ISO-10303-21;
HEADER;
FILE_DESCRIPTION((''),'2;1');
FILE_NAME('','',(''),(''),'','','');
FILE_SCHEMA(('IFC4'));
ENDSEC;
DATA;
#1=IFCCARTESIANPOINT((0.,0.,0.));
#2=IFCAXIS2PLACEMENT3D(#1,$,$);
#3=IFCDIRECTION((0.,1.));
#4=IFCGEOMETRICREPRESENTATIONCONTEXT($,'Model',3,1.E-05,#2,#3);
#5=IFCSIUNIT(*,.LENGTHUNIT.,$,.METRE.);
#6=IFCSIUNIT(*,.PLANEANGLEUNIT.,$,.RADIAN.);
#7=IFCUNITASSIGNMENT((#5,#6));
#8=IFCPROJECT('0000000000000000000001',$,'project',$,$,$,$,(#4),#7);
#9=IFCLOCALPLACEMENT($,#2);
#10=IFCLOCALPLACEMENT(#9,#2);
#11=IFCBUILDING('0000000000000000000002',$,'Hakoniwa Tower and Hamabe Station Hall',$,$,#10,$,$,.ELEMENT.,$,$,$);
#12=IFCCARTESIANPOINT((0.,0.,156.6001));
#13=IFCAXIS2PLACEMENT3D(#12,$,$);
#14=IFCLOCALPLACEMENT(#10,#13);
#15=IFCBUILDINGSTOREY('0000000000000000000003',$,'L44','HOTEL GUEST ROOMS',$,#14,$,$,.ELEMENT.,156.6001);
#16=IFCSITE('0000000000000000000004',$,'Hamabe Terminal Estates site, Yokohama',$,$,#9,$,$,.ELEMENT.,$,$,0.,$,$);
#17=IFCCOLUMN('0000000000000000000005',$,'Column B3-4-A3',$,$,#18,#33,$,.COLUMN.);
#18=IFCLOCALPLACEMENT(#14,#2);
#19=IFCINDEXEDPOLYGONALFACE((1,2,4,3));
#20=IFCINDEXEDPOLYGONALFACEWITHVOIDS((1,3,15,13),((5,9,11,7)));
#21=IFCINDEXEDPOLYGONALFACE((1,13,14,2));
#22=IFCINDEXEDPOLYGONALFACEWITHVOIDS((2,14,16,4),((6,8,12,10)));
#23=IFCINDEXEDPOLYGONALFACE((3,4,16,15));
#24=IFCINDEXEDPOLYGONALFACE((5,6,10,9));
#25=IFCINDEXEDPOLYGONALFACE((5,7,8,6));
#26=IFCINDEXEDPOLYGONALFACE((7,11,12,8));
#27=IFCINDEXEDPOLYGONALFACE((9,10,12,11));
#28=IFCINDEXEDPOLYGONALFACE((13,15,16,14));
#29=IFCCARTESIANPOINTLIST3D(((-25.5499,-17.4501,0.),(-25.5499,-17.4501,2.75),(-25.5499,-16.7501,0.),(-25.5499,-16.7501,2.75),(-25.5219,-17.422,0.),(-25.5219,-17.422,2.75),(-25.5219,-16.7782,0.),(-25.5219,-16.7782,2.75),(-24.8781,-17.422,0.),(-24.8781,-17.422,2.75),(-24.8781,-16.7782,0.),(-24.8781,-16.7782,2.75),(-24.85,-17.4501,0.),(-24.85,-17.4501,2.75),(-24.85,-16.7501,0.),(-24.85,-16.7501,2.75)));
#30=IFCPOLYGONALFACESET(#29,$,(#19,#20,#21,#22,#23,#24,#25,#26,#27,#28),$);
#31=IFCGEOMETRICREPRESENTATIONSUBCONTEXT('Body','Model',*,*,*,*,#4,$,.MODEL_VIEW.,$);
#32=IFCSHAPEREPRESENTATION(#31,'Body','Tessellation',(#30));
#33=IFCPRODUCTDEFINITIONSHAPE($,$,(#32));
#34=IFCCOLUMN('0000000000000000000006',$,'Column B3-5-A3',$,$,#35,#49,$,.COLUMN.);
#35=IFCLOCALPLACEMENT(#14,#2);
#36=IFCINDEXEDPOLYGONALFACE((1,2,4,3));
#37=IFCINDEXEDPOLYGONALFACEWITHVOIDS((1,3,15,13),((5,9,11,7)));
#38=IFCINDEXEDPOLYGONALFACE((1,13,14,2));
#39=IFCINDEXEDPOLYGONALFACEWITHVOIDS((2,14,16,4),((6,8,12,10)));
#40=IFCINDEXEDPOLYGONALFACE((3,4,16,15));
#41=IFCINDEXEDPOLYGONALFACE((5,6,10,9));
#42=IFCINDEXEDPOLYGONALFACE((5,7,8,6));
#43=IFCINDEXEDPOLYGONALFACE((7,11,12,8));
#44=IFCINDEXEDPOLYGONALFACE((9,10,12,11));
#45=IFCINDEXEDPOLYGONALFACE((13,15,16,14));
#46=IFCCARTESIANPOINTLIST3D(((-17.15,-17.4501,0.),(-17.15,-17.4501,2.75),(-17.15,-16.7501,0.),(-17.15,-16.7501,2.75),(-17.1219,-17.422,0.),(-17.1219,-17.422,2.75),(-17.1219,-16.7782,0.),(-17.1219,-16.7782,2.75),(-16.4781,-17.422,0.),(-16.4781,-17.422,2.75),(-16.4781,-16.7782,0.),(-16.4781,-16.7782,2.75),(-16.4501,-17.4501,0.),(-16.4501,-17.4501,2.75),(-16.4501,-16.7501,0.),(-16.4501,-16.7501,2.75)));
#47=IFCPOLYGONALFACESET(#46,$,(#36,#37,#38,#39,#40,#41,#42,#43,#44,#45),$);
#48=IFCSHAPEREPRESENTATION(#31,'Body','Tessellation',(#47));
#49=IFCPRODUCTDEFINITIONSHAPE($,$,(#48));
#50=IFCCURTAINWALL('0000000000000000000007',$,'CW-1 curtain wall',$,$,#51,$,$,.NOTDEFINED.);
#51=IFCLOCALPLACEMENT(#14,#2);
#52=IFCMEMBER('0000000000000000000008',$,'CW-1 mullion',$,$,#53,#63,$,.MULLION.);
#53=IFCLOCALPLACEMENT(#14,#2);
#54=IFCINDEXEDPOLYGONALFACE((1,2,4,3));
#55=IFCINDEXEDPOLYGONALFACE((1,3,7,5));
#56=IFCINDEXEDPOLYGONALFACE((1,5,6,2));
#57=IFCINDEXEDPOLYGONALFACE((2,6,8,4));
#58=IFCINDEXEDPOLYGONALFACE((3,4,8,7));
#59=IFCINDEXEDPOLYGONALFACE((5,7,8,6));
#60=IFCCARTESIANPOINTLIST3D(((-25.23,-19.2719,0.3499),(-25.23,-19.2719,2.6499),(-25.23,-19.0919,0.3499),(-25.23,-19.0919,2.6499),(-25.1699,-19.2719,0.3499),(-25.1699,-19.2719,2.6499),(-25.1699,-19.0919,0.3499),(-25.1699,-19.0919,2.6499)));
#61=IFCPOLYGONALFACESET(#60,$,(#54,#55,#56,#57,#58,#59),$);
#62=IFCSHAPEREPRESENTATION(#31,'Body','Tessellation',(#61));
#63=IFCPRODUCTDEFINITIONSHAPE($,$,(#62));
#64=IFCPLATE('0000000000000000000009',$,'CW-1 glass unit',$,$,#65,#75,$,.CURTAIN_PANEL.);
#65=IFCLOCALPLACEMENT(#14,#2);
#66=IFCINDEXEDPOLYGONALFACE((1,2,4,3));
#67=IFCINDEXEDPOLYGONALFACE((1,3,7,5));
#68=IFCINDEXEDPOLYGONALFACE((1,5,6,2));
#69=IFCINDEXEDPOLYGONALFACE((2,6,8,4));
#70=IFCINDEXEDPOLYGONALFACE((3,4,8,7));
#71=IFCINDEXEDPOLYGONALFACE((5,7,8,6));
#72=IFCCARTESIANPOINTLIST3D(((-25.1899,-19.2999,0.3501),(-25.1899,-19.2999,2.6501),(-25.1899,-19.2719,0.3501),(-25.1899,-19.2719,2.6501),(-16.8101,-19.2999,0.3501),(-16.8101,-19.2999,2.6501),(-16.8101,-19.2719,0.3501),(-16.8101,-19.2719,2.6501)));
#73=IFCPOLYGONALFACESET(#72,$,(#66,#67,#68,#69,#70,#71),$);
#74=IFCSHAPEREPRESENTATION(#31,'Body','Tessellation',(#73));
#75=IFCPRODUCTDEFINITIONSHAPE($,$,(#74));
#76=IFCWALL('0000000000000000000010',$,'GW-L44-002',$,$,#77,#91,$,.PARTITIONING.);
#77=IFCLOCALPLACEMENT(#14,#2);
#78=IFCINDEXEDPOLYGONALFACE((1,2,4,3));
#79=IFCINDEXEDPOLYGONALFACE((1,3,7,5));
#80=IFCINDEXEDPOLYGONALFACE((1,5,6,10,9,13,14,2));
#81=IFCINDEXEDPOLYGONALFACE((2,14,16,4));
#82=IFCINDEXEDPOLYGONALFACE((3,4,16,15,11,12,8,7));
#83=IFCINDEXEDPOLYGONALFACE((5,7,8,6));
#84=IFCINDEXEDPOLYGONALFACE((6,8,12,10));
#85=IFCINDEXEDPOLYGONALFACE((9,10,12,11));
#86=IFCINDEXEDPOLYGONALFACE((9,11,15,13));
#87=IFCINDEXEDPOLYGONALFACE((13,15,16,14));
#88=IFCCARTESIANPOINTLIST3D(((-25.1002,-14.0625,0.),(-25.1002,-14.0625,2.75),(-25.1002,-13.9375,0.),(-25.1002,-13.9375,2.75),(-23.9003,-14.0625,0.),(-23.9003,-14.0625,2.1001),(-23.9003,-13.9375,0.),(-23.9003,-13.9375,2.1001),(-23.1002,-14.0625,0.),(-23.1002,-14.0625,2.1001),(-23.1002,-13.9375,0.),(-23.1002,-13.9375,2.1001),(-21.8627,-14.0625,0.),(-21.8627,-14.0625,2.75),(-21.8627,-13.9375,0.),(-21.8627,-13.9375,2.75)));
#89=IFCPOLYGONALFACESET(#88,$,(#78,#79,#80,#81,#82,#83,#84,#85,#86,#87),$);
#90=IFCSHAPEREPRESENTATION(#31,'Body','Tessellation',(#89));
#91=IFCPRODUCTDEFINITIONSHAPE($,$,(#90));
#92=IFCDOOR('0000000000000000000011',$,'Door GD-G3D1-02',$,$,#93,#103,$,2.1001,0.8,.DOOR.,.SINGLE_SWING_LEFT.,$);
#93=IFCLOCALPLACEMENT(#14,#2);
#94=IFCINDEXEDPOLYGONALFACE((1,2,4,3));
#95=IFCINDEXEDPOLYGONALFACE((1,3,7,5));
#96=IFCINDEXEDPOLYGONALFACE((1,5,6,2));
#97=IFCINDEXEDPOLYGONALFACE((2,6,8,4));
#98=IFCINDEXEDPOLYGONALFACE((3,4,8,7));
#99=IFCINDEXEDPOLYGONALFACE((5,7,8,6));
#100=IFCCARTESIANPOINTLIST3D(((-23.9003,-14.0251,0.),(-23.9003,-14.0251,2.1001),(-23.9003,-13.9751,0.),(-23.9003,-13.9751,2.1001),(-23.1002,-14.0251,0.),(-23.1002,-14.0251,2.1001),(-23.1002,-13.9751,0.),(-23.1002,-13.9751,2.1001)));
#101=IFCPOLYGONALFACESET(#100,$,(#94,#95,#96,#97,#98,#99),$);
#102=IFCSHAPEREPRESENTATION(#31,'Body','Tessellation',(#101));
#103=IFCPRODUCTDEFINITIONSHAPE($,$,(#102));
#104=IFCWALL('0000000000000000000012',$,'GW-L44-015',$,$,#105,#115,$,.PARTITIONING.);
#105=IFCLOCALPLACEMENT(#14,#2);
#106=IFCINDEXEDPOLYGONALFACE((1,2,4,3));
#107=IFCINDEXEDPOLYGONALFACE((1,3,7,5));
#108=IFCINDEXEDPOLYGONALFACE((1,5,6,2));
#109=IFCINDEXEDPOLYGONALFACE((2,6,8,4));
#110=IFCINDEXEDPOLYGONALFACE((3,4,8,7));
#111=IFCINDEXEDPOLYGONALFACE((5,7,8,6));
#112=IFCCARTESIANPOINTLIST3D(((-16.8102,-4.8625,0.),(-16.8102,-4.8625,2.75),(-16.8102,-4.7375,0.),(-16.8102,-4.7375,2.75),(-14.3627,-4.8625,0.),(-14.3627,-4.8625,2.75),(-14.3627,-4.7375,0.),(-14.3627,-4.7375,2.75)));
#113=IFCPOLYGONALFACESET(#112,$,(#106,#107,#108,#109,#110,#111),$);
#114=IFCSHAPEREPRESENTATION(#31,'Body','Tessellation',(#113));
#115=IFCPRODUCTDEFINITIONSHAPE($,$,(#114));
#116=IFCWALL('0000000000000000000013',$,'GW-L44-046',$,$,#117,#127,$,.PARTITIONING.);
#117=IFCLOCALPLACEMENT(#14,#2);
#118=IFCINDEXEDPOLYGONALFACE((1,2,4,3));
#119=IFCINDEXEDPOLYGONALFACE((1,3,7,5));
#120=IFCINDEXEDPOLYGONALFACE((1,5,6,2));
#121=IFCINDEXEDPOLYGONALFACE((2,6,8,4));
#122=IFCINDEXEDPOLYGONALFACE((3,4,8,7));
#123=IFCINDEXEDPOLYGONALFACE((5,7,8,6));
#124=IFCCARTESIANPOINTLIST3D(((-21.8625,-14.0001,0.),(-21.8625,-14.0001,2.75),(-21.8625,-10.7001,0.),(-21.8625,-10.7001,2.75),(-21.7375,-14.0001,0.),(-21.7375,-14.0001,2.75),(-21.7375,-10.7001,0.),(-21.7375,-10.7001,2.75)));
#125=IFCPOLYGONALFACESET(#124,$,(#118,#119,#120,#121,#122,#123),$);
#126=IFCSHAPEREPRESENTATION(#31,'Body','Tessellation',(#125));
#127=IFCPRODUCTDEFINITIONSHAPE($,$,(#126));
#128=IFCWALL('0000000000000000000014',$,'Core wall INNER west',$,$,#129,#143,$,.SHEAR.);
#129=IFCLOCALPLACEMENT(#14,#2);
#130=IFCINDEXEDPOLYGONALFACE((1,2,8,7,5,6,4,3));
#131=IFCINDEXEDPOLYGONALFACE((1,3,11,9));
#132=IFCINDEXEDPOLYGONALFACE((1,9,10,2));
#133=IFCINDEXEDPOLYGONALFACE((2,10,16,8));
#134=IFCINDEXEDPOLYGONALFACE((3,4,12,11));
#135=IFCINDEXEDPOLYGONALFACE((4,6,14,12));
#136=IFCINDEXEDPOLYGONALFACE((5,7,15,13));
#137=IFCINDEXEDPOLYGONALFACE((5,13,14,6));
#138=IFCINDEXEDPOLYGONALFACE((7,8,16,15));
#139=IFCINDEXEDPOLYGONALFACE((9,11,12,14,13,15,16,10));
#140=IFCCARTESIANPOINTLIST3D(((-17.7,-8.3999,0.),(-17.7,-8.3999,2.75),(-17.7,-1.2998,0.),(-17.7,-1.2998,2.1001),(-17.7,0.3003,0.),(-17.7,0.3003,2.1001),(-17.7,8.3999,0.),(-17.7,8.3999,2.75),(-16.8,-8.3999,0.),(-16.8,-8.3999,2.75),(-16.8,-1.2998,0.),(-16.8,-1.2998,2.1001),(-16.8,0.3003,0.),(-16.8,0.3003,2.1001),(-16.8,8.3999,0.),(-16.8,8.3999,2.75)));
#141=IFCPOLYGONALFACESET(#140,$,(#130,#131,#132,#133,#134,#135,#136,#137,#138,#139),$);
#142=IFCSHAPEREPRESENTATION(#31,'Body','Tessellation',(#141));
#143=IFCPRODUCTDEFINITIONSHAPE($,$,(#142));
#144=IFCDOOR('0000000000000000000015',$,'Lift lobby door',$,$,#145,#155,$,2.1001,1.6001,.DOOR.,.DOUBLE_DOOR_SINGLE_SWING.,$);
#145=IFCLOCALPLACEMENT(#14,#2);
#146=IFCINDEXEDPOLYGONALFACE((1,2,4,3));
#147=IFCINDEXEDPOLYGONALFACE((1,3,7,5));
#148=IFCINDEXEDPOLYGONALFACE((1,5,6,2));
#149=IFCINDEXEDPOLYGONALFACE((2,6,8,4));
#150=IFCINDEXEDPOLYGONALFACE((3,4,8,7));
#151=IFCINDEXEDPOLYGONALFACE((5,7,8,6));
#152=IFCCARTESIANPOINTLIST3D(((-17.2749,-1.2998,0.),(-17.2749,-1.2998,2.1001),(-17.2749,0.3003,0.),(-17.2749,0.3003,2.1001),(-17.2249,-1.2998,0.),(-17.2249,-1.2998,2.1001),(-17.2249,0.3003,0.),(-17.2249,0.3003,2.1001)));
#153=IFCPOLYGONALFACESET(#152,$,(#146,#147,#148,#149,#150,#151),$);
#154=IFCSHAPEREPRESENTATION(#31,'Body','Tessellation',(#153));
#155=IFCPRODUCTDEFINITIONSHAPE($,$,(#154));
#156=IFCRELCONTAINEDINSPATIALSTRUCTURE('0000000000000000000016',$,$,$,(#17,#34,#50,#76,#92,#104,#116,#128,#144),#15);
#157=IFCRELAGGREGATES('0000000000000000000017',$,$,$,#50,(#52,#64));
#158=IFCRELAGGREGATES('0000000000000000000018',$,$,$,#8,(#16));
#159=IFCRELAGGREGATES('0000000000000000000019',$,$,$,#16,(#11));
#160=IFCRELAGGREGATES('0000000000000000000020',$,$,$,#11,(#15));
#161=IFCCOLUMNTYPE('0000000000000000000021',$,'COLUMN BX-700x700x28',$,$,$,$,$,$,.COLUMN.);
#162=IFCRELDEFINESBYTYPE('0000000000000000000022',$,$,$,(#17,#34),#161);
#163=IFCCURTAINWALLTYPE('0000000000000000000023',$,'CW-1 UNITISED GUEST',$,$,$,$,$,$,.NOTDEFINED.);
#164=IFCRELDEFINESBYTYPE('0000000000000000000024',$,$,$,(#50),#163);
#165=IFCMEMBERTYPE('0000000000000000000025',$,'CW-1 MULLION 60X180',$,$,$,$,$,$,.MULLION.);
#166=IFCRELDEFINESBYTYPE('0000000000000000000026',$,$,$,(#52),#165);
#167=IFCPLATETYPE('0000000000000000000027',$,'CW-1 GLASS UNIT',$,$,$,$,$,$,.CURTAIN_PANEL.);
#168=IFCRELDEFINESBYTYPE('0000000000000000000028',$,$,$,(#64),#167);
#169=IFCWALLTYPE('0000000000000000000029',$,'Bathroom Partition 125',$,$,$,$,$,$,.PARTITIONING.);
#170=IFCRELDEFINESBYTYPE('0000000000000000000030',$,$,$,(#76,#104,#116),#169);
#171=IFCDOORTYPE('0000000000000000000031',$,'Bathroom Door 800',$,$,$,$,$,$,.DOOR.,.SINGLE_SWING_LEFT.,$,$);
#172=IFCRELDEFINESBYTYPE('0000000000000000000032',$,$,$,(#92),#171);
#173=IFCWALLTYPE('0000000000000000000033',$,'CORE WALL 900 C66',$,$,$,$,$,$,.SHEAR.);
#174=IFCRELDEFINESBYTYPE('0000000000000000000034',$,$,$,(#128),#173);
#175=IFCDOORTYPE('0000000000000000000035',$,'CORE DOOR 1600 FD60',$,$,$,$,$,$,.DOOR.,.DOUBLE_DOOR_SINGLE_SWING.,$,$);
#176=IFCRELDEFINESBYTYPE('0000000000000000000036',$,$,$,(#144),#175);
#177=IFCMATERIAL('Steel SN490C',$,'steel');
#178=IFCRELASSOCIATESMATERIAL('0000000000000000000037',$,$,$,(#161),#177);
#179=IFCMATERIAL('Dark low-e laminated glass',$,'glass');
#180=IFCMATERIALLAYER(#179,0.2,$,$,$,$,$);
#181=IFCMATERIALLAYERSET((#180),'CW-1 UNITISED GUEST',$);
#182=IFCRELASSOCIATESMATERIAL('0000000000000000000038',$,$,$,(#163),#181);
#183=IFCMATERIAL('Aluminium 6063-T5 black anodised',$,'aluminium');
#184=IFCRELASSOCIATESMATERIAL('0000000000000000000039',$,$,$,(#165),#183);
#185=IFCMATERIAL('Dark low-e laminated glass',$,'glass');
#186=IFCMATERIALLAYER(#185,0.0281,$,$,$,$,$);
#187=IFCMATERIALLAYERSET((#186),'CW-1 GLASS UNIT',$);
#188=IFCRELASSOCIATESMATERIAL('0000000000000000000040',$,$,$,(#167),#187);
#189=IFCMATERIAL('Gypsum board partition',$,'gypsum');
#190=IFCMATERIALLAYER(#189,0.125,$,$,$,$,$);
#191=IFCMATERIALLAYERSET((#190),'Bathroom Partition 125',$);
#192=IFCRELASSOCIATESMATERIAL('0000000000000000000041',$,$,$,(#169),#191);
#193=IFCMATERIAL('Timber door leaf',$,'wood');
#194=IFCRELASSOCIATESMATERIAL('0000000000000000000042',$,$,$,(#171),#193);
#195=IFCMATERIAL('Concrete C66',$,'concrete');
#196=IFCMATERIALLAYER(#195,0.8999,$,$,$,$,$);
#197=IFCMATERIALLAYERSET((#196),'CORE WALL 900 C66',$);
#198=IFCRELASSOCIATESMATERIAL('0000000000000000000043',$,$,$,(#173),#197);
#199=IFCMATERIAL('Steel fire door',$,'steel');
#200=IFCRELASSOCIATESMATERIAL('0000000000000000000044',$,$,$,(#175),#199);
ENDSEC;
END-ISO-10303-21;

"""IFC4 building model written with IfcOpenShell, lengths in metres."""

from ifc_helpers import new_model, si_unit, direction, frame, frame_2d, origin, origin_2d, place, context, subcontext, project, spatial, rectangle, hollow_rectangle, extrude, material, layer, layer_set, material_profile, profile_set, type_object, element, fill, aggregate, save


model = new_model("IFC4")

# Units and contexts
model_context = context("Model", 3, precision=1e-05, world=origin(), true_north=direction((0.0, 1.0)))
body_context = subcontext(model_context, "Body", "Model", "MODEL_VIEW")
ifc_project = project(units=[si_unit("LENGTHUNIT", "METRE"), si_unit("PLANEANGLEUNIT", "RADIAN")], contexts=[model_context])

# Site, building, storey
site_placement = place(None, origin())
site = spatial("IfcSite", under=ifc_project, at=site_placement, Name="Hamabe Terminal Estates site, Yokohama", CompositionType="ELEMENT", RefElevation=0.0)
building_placement = place(site_placement, origin())
building = spatial("IfcBuilding", under=site, at=building_placement, Name="Hakoniwa Tower and Hamabe Station Hall", CompositionType="ELEMENT")
storey_placement = place(building_placement, frame((0.0, 0.0, 156.6001)))
storey = spatial("IfcBuildingStorey", under=building, at=storey_placement, Name="L44", Description="HOTEL GUEST ROOMS", CompositionType="ELEMENT", Elevation=156.6001)

# Columns
ifc_material_1 = material(Name="Steel SN490C", Category="steel")
ifc_material_profile_1 = material_profile(ifc_material_1, hollow_rectangle(XDim=0.7, YDim=0.7, WallThickness=0.0281, at=origin_2d()), Name="BX-700x700x28")
ifc_profile_set_1 = profile_set([ifc_material_profile_1], Name="Steel SN490C")
column_type = type_object("IfcColumnType", Name="COLUMN BX-700x700x28", PredefinedType="COLUMN", material=ifc_profile_set_1)
for number, where, z_axis, x_axis, name in (
    (1, (-25.2, -17.1001, 0.0), (0.0, 0.0, 1.0), (1.0, 0.0, 0.0), "Column B3-4-A3"),
    (2, (-16.8, -17.1001, 0.0), (0.0, 0.0, 1.0), (1.0, 0.0, 0.0), "Column B3-5-A3"),
):
    element("IfcColumn", number, at=place(storey_placement, frame(where, z_axis=z_axis, x_axis=x_axis)), inside=storey, type_object=column_type, Name=name, PredefinedType="COLUMN", context=body_context, shape_type="SweptSolid", body=[
        extrude(hollow_rectangle(XDim=0.7, YDim=0.7, WallThickness=0.0281, at=origin_2d()), origin(), (0.0, 0.0, 1.0), 2.75),
    ])

# Curtain wall, member, plate
ifc_material_2 = material(Name="Dark low-e laminated glass", Category="glass")
ifc_layer_1 = layer(ifc_material_2, 0.2)
ifc_layer_set_1 = layer_set([ifc_layer_1], Name="CW-1 UNITISED GUEST")
curtain_wall_type = type_object("IfcCurtainWallType", Name="CW-1 UNITISED GUEST", PredefinedType="NOTDEFINED", material=ifc_layer_set_1)
curtain_wall_placement = place(storey_placement, origin())
curtain_wall = element("IfcCurtainWall", 3, at=curtain_wall_placement, inside=storey, type_object=curtain_wall_type, Name="CW-1 curtain wall", PredefinedType="NOTDEFINED")
ifc_material_3 = material(Name="Aluminium 6063-T5 black anodised", Category="aluminium")
ifc_material_profile_2 = material_profile(ifc_material_3, rectangle(XDim=0.0601, YDim=0.1799, at=origin_2d()), Name="CW-1 MULLION 60X180")
ifc_profile_set_2 = profile_set([ifc_material_profile_2], Name="Aluminium 6063-T5 black anodised")
member_type = type_object("IfcMemberType", Name="CW-1 MULLION 60X180", PredefinedType="MULLION", material=ifc_profile_set_2)
member_placement = place(storey_placement, frame((-25.2, -19.1819, 0.3499), z_axis=(0.0, 0.0, 1.0), x_axis=(1.0, 0.0, 0.0)))
member = element("IfcMember", 4, at=member_placement, type_object=member_type, Name="CW-1 mullion", PredefinedType="MULLION", context=body_context, shape_type="SweptSolid", body=[
    extrude(rectangle(XDim=0.0601, YDim=0.1799, at=origin_2d()), origin(), (0.0, 0.0, 1.0), 2.3),
])
ifc_material_4 = material(Name="Dark low-e laminated glass", Category="glass")
ifc_layer_2 = layer(ifc_material_4, 0.0281)
ifc_layer_set_2 = layer_set([ifc_layer_2], Name="CW-1 GLASS UNIT")
plate_type = type_object("IfcPlateType", Name="CW-1 GLASS UNIT", PredefinedType="CURTAIN_PANEL", material=ifc_layer_set_2)
plate_placement = place(storey_placement, frame((-21.0, -19.2859, 0.3501), z_axis=(0.0, 0.0, 1.0), x_axis=(1.0, 0.0, 0.0)))
plate = element("IfcPlate", 5, at=plate_placement, type_object=plate_type, Name="CW-1 glass unit", PredefinedType="CURTAIN_PANEL", context=body_context, shape_type="SweptSolid", body=[
    extrude(rectangle(XDim=8.3799, YDim=0.0281, at=origin_2d()), origin(), (0.0, 0.0, 1.0), 2.3),
])
aggregate(curtain_wall, [member, plate])

# Wall, opening, door
ifc_material_5 = material(Name="Gypsum board partition", Category="gypsum")
ifc_layer_3 = layer(ifc_material_5, 0.125)
ifc_layer_set_3 = layer_set([ifc_layer_3], Name="Bathroom Partition 125")
wall_type_1 = type_object("IfcWallType", Name="Bathroom Partition 125", PredefinedType="PARTITIONING", material=ifc_layer_set_3)
wall_1_placement = place(storey_placement, frame((-25.1001, -14.0, 0.0), z_axis=(0.0, 0.0, 1.0), x_axis=(1.0, 0.0, 0.0)))
wall_1 = element("IfcWall", 6, at=wall_1_placement, inside=storey, type_object=wall_type_1, Name="GW-L44-002", PredefinedType="PARTITIONING", context=body_context, shape_type="SweptSolid", body=[
    extrude(rectangle(XDim=3.2375, YDim=0.125, at=frame_2d((1.6187, 0.0))), origin(), (0.0, 0.0, 1.0), 2.75),
])
opening_1_placement = place(wall_1_placement, frame((1.2, 0.0, 0.0)))
opening_1 = element("IfcOpeningElement", 7, at=opening_1_placement, cuts=wall_1, PredefinedType="OPENING", context=body_context, shape_type="SweptSolid", body=[
    extrude(rectangle(XDim=0.8, YDim=2.1001, at=frame_2d((0.3999, 1.05))), frame((0.0, 0.0725, 0.0), z_axis=(0.0, -1.0, 0.0), x_axis=(1.0, 0.0, 0.0)), (0.0, 0.0, 1.0), 0.145),
])
ifc_material_6 = material(Name="Timber door leaf", Category="wood")
door_type_1 = type_object("IfcDoorType", Name="Bathroom Door 800", OperationType="SINGLE_SWING_LEFT", PredefinedType="DOOR", material=ifc_material_6)
door_1_placement = place(opening_1_placement, origin())
door_1 = element("IfcDoor", 8, at=door_1_placement, inside=storey, type_object=door_type_1, Name="Door GD-G3D1-02", OperationType="SINGLE_SWING_LEFT", OverallHeight=2.1001, OverallWidth=0.8, PredefinedType="DOOR", context=body_context, shape_type="SweptSolid", body=[
    extrude(rectangle(XDim=0.8, YDim=2.1001, at=frame_2d((0.3999, 1.05))), frame((0.0, 0.0249, 0.0), z_axis=(0.0, -1.0, 0.0), x_axis=(1.0, 0.0, 0.0)), (0.0, 0.0, 1.0), 0.05),
])
fill(opening_1, door_1)

# Walls
wall_2_placement = place(storey_placement, frame((-16.8101, -4.8, 0.0), z_axis=(0.0, 0.0, 1.0), x_axis=(1.0, 0.0, 0.0)))
element("IfcWall", 9, at=wall_2_placement, inside=storey, type_object=wall_type_1, Name="GW-L44-015", PredefinedType="PARTITIONING", context=body_context, shape_type="SweptSolid", body=[
    extrude(rectangle(XDim=2.4475, YDim=0.125, at=frame_2d((1.2236, 0.0))), origin(), (0.0, 0.0, 1.0), 2.75),
])
wall_3_placement = place(storey_placement, frame((-21.8, -14.0, 0.0), z_axis=(0.0, 0.0, 1.0), x_axis=(0.0, 1.0, 0.0)))
element("IfcWall", 10, at=wall_3_placement, inside=storey, type_object=wall_type_1, Name="GW-L44-046", PredefinedType="PARTITIONING", context=body_context, shape_type="SweptSolid", body=[
    extrude(rectangle(XDim=3.3, YDim=0.125, at=frame_2d((1.6499, 0.0))), origin(), (0.0, 0.0, 1.0), 2.75),
])

# Wall, opening, door
ifc_material_7 = material(Name="Concrete C66", Category="concrete")
ifc_layer_4 = layer(ifc_material_7, 0.8999)
ifc_layer_set_4 = layer_set([ifc_layer_4], Name="CORE WALL 900 C66")
wall_type_2 = type_object("IfcWallType", Name="CORE WALL 900 C66", PredefinedType="SHEAR", material=ifc_layer_set_4)
wall_4_placement = place(storey_placement, frame((-17.25, -8.3999, 0.0), z_axis=(0.0, 0.0, 1.0), x_axis=(0.0, 1.0, 0.0)))
wall_4 = element("IfcWall", 11, at=wall_4_placement, inside=storey, type_object=wall_type_2, Name="Core wall INNER west", PredefinedType="SHEAR", context=body_context, shape_type="SweptSolid", body=[
    extrude(rectangle(XDim=16.7998, YDim=0.8999, at=frame_2d((8.3999, 0.0))), origin(), (0.0, 0.0, 1.0), 2.75),
])
opening_2_placement = place(wall_4_placement, frame((7.1001, 0.0, 0.0)))
opening_2 = element("IfcOpeningElement", 12, at=opening_2_placement, cuts=wall_4, PredefinedType="OPENING", context=body_context, shape_type="SweptSolid", body=[
    extrude(rectangle(XDim=1.6001, YDim=2.1001, at=frame_2d((0.8, 1.05))), frame((0.0, 0.46, 0.0), z_axis=(0.0, -1.0, 0.0), x_axis=(1.0, 0.0, 0.0)), (0.0, 0.0, 1.0), 0.9199),
])
ifc_material_8 = material(Name="Steel fire door", Category="steel")
door_type_2 = type_object("IfcDoorType", Name="CORE DOOR 1600 FD60", OperationType="DOUBLE_DOOR_SINGLE_SWING", PredefinedType="DOOR", material=ifc_material_8)
door_2_placement = place(opening_2_placement, origin())
door_2 = element("IfcDoor", 13, at=door_2_placement, inside=storey, type_object=door_type_2, Name="Lift lobby door", OperationType="DOUBLE_DOOR_SINGLE_SWING", OverallHeight=2.1001, OverallWidth=1.6001, PredefinedType="DOOR", context=body_context, shape_type="SweptSolid", body=[
    extrude(rectangle(XDim=1.6001, YDim=2.1001, at=frame_2d((0.8, 1.05))), frame((0.0, 0.0249, 0.0), z_axis=(0.0, -1.0, 0.0), x_axis=(1.0, 0.0, 0.0)), (0.0, 0.0, 1.0), 0.05),
])
fill(opening_2, door_2)

save(model, "model.ifc")
